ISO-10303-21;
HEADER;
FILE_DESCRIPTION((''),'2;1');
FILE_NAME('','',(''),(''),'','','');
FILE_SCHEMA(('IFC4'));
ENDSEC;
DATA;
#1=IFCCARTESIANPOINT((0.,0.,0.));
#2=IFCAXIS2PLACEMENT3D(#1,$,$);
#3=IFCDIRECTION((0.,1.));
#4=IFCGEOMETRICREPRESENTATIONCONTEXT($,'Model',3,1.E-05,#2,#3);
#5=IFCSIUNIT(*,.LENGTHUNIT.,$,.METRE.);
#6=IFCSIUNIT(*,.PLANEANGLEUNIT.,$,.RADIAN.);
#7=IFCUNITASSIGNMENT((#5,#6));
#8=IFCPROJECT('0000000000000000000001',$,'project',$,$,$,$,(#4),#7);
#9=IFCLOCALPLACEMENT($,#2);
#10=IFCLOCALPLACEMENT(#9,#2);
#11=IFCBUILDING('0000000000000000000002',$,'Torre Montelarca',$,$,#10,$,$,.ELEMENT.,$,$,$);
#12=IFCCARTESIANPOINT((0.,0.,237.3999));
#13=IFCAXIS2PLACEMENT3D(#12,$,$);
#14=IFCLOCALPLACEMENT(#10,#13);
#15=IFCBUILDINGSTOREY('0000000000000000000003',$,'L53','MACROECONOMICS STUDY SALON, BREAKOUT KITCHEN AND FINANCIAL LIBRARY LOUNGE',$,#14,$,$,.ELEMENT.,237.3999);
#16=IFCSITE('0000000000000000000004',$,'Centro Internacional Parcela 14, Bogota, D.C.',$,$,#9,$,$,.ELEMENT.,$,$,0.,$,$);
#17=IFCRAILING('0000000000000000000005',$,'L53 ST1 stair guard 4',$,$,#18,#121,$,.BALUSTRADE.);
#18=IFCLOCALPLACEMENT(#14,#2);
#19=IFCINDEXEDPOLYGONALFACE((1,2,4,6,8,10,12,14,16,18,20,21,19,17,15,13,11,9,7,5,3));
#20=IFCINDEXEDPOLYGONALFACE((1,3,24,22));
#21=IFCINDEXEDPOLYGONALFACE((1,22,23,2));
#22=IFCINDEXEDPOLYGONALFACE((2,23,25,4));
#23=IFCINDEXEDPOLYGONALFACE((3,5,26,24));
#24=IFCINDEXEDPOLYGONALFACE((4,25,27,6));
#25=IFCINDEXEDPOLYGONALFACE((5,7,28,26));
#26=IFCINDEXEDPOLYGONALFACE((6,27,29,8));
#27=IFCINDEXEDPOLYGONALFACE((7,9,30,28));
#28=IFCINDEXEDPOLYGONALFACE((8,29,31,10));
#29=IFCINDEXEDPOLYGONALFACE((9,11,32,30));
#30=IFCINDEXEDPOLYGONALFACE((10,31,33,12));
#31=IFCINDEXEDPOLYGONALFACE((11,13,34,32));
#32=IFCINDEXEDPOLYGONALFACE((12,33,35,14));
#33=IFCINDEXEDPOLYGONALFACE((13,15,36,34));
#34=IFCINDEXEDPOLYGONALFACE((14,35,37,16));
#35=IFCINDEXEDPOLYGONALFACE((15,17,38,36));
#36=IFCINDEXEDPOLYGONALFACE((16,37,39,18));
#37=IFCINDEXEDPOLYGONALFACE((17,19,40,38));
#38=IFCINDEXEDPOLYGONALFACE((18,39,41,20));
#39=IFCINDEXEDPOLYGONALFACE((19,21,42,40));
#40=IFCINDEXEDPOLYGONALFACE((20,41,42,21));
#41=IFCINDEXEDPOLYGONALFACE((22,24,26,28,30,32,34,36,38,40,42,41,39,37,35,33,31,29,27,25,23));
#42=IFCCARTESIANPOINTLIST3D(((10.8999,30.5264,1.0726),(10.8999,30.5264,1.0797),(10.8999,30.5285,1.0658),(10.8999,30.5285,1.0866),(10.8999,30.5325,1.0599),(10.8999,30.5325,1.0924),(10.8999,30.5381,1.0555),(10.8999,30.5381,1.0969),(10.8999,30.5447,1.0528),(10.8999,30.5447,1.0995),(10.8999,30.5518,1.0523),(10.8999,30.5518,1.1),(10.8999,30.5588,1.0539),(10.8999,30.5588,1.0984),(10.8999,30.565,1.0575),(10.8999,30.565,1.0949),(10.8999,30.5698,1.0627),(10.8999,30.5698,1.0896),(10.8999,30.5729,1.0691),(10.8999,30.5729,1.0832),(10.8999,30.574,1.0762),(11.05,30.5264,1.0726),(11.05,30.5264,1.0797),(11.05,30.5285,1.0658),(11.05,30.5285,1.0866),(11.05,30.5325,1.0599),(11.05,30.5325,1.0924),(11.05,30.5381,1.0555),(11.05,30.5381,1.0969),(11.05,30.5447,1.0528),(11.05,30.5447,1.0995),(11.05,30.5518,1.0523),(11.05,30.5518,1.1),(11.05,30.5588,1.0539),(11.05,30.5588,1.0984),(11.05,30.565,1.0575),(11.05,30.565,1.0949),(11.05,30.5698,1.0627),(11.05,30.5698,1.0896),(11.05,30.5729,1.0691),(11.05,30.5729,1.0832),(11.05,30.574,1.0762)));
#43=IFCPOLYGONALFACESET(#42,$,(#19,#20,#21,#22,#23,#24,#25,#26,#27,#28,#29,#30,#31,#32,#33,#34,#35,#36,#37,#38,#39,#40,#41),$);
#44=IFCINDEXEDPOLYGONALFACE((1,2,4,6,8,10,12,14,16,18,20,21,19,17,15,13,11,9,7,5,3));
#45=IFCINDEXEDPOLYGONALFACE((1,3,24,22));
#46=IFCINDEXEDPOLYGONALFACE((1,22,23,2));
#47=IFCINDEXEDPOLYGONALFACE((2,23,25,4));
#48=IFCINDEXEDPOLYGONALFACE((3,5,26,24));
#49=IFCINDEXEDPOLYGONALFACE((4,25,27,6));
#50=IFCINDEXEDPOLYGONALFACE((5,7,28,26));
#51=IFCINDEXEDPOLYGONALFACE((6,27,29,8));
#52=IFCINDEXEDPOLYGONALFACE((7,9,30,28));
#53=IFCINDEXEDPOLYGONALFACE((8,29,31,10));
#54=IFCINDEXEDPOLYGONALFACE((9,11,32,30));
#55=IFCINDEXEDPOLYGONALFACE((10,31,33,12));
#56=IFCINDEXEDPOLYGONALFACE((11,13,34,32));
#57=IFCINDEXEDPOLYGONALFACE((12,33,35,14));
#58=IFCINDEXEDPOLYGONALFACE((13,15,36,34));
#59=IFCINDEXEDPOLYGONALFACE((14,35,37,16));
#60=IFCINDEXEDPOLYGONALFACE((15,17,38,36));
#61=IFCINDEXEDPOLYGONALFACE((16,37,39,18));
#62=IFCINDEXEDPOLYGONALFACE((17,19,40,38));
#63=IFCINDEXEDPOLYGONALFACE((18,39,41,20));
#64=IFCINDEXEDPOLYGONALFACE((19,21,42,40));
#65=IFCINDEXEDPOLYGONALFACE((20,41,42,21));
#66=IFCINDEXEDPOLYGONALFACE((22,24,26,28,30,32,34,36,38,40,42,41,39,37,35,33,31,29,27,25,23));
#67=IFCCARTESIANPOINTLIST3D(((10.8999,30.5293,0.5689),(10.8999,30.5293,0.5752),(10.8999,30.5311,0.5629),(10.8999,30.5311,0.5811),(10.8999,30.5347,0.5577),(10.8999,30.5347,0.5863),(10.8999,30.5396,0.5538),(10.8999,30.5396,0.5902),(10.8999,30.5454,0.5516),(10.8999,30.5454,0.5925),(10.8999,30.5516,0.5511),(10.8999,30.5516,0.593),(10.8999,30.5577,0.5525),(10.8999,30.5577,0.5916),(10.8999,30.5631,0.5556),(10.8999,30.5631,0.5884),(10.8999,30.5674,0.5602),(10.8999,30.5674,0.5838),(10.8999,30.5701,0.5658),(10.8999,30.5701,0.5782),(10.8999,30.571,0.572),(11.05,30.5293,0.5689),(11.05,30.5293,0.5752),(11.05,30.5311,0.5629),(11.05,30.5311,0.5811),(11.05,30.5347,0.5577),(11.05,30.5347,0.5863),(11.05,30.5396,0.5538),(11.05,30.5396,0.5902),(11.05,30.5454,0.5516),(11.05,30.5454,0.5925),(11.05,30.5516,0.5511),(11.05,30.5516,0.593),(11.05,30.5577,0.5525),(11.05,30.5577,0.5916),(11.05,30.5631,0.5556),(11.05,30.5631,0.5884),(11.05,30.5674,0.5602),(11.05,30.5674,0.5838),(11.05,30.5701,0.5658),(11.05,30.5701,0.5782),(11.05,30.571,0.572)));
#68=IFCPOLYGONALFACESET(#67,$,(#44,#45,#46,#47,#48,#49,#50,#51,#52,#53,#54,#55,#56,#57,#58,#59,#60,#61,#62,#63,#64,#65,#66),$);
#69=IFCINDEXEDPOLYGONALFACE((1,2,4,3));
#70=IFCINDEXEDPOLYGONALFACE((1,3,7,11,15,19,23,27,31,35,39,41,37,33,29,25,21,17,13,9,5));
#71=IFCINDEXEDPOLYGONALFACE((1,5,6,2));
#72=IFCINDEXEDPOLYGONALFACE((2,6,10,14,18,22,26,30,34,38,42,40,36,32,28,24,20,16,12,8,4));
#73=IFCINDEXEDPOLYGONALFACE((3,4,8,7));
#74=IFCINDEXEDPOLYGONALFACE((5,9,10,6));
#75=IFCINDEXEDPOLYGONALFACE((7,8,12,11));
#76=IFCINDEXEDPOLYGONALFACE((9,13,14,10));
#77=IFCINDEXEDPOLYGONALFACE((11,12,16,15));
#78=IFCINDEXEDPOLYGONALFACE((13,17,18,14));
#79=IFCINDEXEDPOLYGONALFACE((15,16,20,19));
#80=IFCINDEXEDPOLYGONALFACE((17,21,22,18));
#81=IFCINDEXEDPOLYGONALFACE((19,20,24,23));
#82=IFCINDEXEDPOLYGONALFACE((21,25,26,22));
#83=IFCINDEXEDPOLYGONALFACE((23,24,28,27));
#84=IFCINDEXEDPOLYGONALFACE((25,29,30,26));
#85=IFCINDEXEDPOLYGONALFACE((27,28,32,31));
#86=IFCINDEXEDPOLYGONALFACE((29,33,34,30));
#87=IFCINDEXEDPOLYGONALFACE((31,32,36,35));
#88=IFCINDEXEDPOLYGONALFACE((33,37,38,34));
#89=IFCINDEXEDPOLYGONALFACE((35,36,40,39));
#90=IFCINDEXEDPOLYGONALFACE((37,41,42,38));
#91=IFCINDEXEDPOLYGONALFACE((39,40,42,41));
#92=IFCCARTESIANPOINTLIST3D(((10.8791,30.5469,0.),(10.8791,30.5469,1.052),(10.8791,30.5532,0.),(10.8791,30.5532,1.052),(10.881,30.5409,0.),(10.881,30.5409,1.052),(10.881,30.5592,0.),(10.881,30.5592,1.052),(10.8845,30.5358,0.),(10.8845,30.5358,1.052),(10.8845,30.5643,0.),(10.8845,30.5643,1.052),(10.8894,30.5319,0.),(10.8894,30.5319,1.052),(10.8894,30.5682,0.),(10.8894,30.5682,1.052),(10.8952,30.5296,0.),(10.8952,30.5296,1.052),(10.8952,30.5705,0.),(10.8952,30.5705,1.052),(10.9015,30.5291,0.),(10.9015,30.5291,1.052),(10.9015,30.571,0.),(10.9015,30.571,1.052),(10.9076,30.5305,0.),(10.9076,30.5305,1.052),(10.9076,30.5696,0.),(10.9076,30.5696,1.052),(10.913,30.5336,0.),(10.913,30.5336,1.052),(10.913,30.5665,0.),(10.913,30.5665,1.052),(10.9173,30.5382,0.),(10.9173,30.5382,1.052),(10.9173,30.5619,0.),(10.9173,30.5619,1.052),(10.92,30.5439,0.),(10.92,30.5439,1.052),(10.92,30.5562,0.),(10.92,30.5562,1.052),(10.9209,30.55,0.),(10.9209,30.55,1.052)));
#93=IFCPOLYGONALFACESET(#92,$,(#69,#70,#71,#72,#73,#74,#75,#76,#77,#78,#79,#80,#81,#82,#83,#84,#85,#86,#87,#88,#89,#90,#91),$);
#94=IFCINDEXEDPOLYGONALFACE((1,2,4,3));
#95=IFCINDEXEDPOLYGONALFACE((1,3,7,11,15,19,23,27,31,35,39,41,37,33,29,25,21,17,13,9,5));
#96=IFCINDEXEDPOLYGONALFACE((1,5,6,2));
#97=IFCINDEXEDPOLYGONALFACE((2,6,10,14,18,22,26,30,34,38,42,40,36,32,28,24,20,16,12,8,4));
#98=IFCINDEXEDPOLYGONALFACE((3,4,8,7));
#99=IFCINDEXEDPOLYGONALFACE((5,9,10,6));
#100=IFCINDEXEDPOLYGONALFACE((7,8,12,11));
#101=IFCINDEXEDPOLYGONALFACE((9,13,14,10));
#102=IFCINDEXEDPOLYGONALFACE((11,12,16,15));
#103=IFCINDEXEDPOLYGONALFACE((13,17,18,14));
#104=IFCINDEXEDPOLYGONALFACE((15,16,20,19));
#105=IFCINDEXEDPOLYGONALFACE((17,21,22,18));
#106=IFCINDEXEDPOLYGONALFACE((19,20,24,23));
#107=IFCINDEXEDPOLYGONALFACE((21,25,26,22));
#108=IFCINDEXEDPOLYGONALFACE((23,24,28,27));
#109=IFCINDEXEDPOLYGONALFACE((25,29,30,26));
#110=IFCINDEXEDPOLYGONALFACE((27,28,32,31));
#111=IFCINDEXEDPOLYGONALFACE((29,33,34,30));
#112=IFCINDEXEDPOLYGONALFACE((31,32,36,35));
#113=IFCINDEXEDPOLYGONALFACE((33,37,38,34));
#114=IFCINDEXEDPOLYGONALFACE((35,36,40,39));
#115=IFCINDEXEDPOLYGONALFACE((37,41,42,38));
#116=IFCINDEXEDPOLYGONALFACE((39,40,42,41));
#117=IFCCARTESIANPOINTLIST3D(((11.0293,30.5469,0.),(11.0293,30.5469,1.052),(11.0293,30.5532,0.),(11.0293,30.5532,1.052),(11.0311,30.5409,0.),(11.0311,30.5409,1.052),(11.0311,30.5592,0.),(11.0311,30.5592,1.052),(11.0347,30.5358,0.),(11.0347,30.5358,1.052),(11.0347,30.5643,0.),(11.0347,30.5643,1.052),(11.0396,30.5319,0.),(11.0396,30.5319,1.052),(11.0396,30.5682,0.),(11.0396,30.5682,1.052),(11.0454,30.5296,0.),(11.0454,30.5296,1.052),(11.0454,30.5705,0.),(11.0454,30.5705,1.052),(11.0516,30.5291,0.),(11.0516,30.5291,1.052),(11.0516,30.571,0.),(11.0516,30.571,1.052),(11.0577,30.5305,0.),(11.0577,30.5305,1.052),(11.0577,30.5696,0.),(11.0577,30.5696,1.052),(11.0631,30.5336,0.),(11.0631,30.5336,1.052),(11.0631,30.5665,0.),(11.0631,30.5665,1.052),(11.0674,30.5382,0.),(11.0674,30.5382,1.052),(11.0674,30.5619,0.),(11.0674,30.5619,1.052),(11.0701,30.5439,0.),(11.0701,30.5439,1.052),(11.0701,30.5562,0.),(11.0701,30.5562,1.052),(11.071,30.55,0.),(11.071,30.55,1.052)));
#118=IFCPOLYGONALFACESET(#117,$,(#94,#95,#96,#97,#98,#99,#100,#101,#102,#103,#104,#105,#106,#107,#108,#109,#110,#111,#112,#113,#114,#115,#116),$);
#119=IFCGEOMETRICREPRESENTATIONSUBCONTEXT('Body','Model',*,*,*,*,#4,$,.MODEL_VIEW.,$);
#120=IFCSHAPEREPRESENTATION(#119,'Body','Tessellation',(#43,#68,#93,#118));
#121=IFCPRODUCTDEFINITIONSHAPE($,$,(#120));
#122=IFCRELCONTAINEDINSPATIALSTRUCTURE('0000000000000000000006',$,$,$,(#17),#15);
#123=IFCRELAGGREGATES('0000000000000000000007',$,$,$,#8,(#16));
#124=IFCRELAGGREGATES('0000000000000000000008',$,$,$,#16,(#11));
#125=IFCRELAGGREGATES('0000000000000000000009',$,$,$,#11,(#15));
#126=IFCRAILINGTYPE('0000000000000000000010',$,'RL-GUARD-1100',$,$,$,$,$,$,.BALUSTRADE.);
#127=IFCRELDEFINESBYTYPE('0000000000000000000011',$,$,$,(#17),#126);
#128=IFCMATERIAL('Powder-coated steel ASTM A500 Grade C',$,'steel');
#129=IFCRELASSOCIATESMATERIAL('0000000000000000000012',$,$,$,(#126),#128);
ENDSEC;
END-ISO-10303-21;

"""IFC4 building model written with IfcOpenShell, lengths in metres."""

from ifc_helpers import new_model, si_unit, direction, frame, origin, origin_2d, place, context, subcontext, project, spatial, circle, extrude, material, type_object, element, save


model = new_model("IFC4")

# Units and contexts
model_context = context("Model", 3, precision=1e-05, world=origin(), true_north=direction((0.0, 1.0)))
body_context = subcontext(model_context, "Body", "Model", "MODEL_VIEW")
ifc_project = project(units=[si_unit("LENGTHUNIT", "METRE"), si_unit("PLANEANGLEUNIT", "RADIAN")], contexts=[model_context])

# Site, building, storey
site_placement = place(None, origin())
site = spatial("IfcSite", under=ifc_project, at=site_placement, Name="Centro Internacional Parcela 14, Bogota, D.C.", CompositionType="ELEMENT", RefElevation=0.0)
building_placement = place(site_placement, origin())
building = spatial("IfcBuilding", under=site, at=building_placement, Name="Torre Montelarca", CompositionType="ELEMENT")
storey_placement = place(building_placement, frame((0.0, 0.0, 237.3999)))
storey = spatial("IfcBuildingStorey", under=building, at=storey_placement, Name="L53", Description="MACROECONOMICS STUDY SALON, BREAKOUT KITCHEN AND FINANCIAL LIBRARY LOUNGE", CompositionType="ELEMENT", Elevation=237.3999)

# Railing
ifc_material_1 = material(Name="Powder-coated steel ASTM A500 Grade C", Category="steel")
railing_type_1 = type_object("IfcRailingType", Name="RL-GUARD-1100", PredefinedType="BALUSTRADE", material=ifc_material_1)
railing_1_placement = place(storey_placement, frame((10.8999, 30.55, 0.0)))
element("IfcRailing", 1, at=railing_1_placement, inside=storey, type_object=railing_type_1, Name="L53 ST1 stair guard 4", PredefinedType="BALUSTRADE", context=body_context, shape_type="SweptSolid", body=[
    extrude(circle(Radius=0.0239, at=origin_2d()), frame((0.0, 0.0, 1.0762), z_axis=(1.0, 0.0, 0.0), x_axis=(0.0, 1.0, 0.0)), (0.0, 0.0, 1.0), 0.1501),
    extrude(circle(Radius=0.021, at=origin_2d()), frame((0.0, 0.0, 0.572), z_axis=(1.0, 0.0, 0.0), x_axis=(0.0, 1.0, 0.0)), (0.0, 0.0, 1.0), 0.1501),
    extrude(circle(Radius=0.021, at=origin_2d()), origin(), (0.0, 0.0, 1.0), 1.052),
    extrude(circle(Radius=0.021, at=origin_2d()), frame((0.1501, 0.0, 0.0)), (0.0, 0.0, 1.0), 1.052),
])

save(model, "model.ifc")
